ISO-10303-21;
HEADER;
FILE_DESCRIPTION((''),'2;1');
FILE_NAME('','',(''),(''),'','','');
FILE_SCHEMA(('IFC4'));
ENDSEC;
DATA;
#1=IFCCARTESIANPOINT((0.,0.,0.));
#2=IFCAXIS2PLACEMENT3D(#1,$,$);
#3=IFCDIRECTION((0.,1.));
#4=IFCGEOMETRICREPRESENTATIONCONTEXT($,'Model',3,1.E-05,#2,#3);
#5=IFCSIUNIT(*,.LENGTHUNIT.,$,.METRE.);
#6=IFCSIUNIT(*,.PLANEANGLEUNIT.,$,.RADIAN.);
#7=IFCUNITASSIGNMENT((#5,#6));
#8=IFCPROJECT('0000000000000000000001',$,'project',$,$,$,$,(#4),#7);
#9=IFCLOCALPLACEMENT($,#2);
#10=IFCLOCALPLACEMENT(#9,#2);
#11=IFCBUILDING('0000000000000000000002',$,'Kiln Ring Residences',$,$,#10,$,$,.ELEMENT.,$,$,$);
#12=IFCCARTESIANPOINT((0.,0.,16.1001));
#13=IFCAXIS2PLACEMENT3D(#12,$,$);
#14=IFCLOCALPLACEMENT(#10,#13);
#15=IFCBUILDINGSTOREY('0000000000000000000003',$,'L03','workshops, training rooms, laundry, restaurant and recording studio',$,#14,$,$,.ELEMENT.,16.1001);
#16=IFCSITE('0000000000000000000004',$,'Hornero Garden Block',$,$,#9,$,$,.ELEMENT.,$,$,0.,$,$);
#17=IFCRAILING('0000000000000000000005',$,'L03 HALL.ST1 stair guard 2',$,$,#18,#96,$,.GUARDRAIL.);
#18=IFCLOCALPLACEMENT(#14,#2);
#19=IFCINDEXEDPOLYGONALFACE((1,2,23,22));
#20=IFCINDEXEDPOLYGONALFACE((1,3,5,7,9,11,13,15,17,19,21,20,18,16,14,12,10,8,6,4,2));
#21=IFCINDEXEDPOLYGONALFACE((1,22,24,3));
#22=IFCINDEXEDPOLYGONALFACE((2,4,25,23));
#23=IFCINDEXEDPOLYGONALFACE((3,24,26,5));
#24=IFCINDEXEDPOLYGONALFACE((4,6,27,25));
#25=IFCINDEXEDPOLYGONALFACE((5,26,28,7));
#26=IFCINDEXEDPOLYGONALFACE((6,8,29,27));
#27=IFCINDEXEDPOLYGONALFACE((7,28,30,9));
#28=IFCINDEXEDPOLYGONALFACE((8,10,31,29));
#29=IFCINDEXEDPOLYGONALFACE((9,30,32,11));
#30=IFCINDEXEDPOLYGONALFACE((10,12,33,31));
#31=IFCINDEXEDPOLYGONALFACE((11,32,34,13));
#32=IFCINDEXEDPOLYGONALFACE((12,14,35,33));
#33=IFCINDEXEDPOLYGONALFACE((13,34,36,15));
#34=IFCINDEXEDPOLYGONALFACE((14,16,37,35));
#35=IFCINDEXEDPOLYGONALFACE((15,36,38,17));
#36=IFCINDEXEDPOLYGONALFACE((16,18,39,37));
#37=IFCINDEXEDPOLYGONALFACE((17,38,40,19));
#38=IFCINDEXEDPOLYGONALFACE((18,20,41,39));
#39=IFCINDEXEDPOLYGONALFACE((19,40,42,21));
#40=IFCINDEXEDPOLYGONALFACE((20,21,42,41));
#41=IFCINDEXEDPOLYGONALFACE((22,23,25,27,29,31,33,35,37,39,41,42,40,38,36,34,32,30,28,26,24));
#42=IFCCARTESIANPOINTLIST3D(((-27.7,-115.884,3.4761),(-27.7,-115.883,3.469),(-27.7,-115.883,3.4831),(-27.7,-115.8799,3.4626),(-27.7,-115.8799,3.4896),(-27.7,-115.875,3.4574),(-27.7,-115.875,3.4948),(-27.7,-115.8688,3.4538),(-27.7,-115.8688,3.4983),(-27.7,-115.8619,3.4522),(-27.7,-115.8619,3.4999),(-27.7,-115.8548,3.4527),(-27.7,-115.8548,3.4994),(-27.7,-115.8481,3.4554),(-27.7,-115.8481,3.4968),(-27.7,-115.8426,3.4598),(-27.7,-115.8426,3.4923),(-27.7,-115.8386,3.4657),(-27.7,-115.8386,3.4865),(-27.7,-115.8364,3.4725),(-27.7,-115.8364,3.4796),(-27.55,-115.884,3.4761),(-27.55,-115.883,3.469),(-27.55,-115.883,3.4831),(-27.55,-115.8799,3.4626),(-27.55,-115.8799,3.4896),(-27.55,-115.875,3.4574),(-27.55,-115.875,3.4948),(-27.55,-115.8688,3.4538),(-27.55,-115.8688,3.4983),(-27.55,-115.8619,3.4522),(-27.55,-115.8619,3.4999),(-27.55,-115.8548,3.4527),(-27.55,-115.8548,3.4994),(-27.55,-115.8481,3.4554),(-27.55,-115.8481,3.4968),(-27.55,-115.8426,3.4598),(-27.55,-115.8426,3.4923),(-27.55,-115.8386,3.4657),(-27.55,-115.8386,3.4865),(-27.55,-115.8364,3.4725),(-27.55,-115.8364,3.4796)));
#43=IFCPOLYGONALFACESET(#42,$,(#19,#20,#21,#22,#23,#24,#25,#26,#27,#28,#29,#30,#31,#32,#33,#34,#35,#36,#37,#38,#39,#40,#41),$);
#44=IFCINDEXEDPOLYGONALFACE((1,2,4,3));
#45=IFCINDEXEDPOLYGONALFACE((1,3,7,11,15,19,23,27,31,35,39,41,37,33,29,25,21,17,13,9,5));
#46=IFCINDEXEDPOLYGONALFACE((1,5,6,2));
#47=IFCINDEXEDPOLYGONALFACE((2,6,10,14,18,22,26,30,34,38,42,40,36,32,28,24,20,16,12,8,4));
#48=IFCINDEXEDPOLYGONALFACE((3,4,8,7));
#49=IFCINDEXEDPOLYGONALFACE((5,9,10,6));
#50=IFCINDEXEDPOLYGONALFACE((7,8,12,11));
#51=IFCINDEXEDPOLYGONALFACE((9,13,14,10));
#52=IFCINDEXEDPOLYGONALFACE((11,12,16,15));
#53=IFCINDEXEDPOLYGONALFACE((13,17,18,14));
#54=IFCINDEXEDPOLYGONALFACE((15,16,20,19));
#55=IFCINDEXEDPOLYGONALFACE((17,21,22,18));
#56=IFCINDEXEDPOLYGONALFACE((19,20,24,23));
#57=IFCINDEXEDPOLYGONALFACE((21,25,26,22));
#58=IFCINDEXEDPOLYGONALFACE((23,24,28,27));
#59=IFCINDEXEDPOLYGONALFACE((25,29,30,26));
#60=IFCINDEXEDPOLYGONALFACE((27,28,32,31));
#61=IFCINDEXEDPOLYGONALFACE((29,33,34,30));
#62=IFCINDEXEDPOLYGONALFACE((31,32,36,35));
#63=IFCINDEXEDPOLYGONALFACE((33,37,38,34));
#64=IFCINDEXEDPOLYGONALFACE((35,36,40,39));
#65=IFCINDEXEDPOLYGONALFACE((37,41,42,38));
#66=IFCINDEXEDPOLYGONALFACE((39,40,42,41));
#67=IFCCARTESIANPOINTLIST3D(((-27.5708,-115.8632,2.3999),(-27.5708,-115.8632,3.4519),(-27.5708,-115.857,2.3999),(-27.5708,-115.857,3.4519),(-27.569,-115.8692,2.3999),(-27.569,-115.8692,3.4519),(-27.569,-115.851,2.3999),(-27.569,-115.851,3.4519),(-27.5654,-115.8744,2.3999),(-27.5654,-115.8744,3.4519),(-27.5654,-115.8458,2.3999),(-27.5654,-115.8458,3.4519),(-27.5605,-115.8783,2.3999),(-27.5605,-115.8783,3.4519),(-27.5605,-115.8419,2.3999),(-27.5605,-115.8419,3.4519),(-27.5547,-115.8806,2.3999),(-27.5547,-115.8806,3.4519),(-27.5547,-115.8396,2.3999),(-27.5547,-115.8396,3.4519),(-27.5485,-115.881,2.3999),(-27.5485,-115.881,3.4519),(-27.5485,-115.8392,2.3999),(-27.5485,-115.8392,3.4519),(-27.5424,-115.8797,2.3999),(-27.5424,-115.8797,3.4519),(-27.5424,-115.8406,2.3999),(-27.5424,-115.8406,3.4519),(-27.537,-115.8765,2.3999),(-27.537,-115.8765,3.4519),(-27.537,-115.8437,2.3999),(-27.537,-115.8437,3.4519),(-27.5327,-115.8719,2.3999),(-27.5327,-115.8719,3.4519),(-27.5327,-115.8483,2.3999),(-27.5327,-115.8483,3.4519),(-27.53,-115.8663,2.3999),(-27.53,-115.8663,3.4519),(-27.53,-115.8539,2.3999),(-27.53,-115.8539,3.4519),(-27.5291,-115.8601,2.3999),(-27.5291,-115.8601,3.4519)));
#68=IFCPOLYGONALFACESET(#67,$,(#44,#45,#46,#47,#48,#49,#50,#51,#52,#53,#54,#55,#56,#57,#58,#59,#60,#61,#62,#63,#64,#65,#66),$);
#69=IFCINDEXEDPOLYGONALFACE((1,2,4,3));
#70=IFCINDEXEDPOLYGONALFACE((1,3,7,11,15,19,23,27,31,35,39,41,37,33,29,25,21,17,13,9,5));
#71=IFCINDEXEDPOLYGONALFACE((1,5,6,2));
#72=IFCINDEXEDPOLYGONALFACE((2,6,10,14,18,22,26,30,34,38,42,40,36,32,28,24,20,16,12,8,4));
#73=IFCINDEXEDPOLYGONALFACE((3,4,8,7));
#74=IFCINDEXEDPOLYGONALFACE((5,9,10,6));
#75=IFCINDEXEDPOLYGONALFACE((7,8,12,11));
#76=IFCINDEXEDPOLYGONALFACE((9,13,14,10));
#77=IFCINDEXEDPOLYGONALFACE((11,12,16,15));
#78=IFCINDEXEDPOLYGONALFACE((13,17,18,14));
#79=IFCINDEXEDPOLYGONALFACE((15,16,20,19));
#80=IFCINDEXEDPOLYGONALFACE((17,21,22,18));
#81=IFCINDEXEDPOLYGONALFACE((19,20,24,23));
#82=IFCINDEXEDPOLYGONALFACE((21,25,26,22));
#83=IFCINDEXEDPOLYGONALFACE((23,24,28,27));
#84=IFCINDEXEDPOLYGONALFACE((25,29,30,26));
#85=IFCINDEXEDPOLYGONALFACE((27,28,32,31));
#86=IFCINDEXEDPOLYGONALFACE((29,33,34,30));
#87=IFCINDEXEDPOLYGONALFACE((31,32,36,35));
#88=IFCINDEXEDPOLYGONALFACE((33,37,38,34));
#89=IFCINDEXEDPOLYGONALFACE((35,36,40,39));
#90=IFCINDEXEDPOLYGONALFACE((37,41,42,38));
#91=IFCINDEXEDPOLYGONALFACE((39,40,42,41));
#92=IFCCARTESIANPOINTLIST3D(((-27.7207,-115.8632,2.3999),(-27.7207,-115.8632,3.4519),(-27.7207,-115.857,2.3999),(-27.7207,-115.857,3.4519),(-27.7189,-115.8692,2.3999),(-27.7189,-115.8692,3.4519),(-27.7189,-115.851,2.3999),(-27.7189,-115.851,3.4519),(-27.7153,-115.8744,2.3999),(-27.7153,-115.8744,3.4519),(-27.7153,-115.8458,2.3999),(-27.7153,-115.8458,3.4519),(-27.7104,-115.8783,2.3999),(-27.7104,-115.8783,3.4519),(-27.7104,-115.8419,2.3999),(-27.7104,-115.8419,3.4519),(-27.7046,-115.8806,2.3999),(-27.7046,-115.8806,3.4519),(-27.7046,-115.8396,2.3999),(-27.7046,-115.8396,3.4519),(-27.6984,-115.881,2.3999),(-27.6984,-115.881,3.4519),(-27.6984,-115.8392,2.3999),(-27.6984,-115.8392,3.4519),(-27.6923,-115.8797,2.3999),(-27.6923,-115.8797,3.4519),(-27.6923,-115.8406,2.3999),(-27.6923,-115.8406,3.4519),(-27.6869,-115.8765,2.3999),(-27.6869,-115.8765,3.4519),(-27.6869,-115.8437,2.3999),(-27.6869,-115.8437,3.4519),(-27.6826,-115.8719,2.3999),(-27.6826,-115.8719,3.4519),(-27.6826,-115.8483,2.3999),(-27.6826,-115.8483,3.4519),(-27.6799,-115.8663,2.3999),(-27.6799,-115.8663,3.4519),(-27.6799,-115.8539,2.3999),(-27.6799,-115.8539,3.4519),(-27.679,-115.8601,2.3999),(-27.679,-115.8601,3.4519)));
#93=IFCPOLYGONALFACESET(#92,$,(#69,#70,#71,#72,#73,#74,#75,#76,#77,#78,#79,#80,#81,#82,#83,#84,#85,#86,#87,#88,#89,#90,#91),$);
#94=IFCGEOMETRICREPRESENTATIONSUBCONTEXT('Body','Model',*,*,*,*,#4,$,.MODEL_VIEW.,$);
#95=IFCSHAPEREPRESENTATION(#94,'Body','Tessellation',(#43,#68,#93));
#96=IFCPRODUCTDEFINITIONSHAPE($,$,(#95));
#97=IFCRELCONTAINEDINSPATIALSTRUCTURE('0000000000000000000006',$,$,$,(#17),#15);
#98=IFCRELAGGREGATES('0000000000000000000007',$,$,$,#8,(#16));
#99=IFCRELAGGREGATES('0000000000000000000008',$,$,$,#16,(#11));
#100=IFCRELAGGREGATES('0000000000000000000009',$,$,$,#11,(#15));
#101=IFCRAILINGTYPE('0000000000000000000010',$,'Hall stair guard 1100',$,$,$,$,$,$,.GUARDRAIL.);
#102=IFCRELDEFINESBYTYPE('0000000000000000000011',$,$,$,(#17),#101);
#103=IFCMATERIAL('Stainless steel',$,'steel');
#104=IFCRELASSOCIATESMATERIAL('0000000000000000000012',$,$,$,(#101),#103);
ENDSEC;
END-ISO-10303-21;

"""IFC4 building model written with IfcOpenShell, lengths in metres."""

from ifc_helpers import new_model, si_unit, direction, frame, origin, origin_2d, place, context, subcontext, project, spatial, circle, extrude, material, type_object, element, save


model = new_model("IFC4")

# Units and contexts
model_context = context("Model", 3, precision=1e-05, world=origin(), true_north=direction((0.0, 1.0)))
body_context = subcontext(model_context, "Body", "Model", "MODEL_VIEW")
ifc_project = project(units=[si_unit("LENGTHUNIT", "METRE"), si_unit("PLANEANGLEUNIT", "RADIAN")], contexts=[model_context])

# Site, building, storey
site_placement = place(None, origin())
site = spatial("IfcSite", under=ifc_project, at=site_placement, Name="Hornero Garden Block", CompositionType="ELEMENT", RefElevation=0.0)
building_placement = place(site_placement, origin())
building = spatial("IfcBuilding", under=site, at=building_placement, Name="Kiln Ring Residences", CompositionType="ELEMENT")
storey_placement = place(building_placement, frame((0.0, 0.0, 16.1001)))
storey = spatial("IfcBuildingStorey", under=building, at=storey_placement, Name="L03", Description="workshops, training rooms, laundry, restaurant and recording studio", CompositionType="ELEMENT", Elevation=16.1001)

# Railing
ifc_material_1 = material(Name="Stainless steel", Category="steel")
railing_type_1 = type_object("IfcRailingType", Name="Hall stair guard 1100", PredefinedType="GUARDRAIL", material=ifc_material_1)
railing_1_placement = place(storey_placement, frame((-27.55, -115.8601, 2.3999)))
element("IfcRailing", 1, at=railing_1_placement, inside=storey, type_object=railing_type_1, Name="L03 HALL.ST1 stair guard 2", PredefinedType="GUARDRAIL", context=body_context, shape_type="SweptSolid", body=[
    extrude(circle(Radius=0.0239, at=origin_2d()), frame((0.0, 0.0, 1.0762), z_axis=(-1.0, 0.0, 0.0), x_axis=(0.0, -1.0, 0.0)), (0.0, 0.0, 1.0), 0.1499),
    extrude(circle(Radius=0.021, at=origin_2d()), origin(), (0.0, 0.0, 1.0), 1.052),
    extrude(circle(Radius=0.021, at=origin_2d()), frame((-0.1499, 0.0, 0.0)), (0.0, 0.0, 1.0), 1.052),
])

save(model, "model.ifc")
